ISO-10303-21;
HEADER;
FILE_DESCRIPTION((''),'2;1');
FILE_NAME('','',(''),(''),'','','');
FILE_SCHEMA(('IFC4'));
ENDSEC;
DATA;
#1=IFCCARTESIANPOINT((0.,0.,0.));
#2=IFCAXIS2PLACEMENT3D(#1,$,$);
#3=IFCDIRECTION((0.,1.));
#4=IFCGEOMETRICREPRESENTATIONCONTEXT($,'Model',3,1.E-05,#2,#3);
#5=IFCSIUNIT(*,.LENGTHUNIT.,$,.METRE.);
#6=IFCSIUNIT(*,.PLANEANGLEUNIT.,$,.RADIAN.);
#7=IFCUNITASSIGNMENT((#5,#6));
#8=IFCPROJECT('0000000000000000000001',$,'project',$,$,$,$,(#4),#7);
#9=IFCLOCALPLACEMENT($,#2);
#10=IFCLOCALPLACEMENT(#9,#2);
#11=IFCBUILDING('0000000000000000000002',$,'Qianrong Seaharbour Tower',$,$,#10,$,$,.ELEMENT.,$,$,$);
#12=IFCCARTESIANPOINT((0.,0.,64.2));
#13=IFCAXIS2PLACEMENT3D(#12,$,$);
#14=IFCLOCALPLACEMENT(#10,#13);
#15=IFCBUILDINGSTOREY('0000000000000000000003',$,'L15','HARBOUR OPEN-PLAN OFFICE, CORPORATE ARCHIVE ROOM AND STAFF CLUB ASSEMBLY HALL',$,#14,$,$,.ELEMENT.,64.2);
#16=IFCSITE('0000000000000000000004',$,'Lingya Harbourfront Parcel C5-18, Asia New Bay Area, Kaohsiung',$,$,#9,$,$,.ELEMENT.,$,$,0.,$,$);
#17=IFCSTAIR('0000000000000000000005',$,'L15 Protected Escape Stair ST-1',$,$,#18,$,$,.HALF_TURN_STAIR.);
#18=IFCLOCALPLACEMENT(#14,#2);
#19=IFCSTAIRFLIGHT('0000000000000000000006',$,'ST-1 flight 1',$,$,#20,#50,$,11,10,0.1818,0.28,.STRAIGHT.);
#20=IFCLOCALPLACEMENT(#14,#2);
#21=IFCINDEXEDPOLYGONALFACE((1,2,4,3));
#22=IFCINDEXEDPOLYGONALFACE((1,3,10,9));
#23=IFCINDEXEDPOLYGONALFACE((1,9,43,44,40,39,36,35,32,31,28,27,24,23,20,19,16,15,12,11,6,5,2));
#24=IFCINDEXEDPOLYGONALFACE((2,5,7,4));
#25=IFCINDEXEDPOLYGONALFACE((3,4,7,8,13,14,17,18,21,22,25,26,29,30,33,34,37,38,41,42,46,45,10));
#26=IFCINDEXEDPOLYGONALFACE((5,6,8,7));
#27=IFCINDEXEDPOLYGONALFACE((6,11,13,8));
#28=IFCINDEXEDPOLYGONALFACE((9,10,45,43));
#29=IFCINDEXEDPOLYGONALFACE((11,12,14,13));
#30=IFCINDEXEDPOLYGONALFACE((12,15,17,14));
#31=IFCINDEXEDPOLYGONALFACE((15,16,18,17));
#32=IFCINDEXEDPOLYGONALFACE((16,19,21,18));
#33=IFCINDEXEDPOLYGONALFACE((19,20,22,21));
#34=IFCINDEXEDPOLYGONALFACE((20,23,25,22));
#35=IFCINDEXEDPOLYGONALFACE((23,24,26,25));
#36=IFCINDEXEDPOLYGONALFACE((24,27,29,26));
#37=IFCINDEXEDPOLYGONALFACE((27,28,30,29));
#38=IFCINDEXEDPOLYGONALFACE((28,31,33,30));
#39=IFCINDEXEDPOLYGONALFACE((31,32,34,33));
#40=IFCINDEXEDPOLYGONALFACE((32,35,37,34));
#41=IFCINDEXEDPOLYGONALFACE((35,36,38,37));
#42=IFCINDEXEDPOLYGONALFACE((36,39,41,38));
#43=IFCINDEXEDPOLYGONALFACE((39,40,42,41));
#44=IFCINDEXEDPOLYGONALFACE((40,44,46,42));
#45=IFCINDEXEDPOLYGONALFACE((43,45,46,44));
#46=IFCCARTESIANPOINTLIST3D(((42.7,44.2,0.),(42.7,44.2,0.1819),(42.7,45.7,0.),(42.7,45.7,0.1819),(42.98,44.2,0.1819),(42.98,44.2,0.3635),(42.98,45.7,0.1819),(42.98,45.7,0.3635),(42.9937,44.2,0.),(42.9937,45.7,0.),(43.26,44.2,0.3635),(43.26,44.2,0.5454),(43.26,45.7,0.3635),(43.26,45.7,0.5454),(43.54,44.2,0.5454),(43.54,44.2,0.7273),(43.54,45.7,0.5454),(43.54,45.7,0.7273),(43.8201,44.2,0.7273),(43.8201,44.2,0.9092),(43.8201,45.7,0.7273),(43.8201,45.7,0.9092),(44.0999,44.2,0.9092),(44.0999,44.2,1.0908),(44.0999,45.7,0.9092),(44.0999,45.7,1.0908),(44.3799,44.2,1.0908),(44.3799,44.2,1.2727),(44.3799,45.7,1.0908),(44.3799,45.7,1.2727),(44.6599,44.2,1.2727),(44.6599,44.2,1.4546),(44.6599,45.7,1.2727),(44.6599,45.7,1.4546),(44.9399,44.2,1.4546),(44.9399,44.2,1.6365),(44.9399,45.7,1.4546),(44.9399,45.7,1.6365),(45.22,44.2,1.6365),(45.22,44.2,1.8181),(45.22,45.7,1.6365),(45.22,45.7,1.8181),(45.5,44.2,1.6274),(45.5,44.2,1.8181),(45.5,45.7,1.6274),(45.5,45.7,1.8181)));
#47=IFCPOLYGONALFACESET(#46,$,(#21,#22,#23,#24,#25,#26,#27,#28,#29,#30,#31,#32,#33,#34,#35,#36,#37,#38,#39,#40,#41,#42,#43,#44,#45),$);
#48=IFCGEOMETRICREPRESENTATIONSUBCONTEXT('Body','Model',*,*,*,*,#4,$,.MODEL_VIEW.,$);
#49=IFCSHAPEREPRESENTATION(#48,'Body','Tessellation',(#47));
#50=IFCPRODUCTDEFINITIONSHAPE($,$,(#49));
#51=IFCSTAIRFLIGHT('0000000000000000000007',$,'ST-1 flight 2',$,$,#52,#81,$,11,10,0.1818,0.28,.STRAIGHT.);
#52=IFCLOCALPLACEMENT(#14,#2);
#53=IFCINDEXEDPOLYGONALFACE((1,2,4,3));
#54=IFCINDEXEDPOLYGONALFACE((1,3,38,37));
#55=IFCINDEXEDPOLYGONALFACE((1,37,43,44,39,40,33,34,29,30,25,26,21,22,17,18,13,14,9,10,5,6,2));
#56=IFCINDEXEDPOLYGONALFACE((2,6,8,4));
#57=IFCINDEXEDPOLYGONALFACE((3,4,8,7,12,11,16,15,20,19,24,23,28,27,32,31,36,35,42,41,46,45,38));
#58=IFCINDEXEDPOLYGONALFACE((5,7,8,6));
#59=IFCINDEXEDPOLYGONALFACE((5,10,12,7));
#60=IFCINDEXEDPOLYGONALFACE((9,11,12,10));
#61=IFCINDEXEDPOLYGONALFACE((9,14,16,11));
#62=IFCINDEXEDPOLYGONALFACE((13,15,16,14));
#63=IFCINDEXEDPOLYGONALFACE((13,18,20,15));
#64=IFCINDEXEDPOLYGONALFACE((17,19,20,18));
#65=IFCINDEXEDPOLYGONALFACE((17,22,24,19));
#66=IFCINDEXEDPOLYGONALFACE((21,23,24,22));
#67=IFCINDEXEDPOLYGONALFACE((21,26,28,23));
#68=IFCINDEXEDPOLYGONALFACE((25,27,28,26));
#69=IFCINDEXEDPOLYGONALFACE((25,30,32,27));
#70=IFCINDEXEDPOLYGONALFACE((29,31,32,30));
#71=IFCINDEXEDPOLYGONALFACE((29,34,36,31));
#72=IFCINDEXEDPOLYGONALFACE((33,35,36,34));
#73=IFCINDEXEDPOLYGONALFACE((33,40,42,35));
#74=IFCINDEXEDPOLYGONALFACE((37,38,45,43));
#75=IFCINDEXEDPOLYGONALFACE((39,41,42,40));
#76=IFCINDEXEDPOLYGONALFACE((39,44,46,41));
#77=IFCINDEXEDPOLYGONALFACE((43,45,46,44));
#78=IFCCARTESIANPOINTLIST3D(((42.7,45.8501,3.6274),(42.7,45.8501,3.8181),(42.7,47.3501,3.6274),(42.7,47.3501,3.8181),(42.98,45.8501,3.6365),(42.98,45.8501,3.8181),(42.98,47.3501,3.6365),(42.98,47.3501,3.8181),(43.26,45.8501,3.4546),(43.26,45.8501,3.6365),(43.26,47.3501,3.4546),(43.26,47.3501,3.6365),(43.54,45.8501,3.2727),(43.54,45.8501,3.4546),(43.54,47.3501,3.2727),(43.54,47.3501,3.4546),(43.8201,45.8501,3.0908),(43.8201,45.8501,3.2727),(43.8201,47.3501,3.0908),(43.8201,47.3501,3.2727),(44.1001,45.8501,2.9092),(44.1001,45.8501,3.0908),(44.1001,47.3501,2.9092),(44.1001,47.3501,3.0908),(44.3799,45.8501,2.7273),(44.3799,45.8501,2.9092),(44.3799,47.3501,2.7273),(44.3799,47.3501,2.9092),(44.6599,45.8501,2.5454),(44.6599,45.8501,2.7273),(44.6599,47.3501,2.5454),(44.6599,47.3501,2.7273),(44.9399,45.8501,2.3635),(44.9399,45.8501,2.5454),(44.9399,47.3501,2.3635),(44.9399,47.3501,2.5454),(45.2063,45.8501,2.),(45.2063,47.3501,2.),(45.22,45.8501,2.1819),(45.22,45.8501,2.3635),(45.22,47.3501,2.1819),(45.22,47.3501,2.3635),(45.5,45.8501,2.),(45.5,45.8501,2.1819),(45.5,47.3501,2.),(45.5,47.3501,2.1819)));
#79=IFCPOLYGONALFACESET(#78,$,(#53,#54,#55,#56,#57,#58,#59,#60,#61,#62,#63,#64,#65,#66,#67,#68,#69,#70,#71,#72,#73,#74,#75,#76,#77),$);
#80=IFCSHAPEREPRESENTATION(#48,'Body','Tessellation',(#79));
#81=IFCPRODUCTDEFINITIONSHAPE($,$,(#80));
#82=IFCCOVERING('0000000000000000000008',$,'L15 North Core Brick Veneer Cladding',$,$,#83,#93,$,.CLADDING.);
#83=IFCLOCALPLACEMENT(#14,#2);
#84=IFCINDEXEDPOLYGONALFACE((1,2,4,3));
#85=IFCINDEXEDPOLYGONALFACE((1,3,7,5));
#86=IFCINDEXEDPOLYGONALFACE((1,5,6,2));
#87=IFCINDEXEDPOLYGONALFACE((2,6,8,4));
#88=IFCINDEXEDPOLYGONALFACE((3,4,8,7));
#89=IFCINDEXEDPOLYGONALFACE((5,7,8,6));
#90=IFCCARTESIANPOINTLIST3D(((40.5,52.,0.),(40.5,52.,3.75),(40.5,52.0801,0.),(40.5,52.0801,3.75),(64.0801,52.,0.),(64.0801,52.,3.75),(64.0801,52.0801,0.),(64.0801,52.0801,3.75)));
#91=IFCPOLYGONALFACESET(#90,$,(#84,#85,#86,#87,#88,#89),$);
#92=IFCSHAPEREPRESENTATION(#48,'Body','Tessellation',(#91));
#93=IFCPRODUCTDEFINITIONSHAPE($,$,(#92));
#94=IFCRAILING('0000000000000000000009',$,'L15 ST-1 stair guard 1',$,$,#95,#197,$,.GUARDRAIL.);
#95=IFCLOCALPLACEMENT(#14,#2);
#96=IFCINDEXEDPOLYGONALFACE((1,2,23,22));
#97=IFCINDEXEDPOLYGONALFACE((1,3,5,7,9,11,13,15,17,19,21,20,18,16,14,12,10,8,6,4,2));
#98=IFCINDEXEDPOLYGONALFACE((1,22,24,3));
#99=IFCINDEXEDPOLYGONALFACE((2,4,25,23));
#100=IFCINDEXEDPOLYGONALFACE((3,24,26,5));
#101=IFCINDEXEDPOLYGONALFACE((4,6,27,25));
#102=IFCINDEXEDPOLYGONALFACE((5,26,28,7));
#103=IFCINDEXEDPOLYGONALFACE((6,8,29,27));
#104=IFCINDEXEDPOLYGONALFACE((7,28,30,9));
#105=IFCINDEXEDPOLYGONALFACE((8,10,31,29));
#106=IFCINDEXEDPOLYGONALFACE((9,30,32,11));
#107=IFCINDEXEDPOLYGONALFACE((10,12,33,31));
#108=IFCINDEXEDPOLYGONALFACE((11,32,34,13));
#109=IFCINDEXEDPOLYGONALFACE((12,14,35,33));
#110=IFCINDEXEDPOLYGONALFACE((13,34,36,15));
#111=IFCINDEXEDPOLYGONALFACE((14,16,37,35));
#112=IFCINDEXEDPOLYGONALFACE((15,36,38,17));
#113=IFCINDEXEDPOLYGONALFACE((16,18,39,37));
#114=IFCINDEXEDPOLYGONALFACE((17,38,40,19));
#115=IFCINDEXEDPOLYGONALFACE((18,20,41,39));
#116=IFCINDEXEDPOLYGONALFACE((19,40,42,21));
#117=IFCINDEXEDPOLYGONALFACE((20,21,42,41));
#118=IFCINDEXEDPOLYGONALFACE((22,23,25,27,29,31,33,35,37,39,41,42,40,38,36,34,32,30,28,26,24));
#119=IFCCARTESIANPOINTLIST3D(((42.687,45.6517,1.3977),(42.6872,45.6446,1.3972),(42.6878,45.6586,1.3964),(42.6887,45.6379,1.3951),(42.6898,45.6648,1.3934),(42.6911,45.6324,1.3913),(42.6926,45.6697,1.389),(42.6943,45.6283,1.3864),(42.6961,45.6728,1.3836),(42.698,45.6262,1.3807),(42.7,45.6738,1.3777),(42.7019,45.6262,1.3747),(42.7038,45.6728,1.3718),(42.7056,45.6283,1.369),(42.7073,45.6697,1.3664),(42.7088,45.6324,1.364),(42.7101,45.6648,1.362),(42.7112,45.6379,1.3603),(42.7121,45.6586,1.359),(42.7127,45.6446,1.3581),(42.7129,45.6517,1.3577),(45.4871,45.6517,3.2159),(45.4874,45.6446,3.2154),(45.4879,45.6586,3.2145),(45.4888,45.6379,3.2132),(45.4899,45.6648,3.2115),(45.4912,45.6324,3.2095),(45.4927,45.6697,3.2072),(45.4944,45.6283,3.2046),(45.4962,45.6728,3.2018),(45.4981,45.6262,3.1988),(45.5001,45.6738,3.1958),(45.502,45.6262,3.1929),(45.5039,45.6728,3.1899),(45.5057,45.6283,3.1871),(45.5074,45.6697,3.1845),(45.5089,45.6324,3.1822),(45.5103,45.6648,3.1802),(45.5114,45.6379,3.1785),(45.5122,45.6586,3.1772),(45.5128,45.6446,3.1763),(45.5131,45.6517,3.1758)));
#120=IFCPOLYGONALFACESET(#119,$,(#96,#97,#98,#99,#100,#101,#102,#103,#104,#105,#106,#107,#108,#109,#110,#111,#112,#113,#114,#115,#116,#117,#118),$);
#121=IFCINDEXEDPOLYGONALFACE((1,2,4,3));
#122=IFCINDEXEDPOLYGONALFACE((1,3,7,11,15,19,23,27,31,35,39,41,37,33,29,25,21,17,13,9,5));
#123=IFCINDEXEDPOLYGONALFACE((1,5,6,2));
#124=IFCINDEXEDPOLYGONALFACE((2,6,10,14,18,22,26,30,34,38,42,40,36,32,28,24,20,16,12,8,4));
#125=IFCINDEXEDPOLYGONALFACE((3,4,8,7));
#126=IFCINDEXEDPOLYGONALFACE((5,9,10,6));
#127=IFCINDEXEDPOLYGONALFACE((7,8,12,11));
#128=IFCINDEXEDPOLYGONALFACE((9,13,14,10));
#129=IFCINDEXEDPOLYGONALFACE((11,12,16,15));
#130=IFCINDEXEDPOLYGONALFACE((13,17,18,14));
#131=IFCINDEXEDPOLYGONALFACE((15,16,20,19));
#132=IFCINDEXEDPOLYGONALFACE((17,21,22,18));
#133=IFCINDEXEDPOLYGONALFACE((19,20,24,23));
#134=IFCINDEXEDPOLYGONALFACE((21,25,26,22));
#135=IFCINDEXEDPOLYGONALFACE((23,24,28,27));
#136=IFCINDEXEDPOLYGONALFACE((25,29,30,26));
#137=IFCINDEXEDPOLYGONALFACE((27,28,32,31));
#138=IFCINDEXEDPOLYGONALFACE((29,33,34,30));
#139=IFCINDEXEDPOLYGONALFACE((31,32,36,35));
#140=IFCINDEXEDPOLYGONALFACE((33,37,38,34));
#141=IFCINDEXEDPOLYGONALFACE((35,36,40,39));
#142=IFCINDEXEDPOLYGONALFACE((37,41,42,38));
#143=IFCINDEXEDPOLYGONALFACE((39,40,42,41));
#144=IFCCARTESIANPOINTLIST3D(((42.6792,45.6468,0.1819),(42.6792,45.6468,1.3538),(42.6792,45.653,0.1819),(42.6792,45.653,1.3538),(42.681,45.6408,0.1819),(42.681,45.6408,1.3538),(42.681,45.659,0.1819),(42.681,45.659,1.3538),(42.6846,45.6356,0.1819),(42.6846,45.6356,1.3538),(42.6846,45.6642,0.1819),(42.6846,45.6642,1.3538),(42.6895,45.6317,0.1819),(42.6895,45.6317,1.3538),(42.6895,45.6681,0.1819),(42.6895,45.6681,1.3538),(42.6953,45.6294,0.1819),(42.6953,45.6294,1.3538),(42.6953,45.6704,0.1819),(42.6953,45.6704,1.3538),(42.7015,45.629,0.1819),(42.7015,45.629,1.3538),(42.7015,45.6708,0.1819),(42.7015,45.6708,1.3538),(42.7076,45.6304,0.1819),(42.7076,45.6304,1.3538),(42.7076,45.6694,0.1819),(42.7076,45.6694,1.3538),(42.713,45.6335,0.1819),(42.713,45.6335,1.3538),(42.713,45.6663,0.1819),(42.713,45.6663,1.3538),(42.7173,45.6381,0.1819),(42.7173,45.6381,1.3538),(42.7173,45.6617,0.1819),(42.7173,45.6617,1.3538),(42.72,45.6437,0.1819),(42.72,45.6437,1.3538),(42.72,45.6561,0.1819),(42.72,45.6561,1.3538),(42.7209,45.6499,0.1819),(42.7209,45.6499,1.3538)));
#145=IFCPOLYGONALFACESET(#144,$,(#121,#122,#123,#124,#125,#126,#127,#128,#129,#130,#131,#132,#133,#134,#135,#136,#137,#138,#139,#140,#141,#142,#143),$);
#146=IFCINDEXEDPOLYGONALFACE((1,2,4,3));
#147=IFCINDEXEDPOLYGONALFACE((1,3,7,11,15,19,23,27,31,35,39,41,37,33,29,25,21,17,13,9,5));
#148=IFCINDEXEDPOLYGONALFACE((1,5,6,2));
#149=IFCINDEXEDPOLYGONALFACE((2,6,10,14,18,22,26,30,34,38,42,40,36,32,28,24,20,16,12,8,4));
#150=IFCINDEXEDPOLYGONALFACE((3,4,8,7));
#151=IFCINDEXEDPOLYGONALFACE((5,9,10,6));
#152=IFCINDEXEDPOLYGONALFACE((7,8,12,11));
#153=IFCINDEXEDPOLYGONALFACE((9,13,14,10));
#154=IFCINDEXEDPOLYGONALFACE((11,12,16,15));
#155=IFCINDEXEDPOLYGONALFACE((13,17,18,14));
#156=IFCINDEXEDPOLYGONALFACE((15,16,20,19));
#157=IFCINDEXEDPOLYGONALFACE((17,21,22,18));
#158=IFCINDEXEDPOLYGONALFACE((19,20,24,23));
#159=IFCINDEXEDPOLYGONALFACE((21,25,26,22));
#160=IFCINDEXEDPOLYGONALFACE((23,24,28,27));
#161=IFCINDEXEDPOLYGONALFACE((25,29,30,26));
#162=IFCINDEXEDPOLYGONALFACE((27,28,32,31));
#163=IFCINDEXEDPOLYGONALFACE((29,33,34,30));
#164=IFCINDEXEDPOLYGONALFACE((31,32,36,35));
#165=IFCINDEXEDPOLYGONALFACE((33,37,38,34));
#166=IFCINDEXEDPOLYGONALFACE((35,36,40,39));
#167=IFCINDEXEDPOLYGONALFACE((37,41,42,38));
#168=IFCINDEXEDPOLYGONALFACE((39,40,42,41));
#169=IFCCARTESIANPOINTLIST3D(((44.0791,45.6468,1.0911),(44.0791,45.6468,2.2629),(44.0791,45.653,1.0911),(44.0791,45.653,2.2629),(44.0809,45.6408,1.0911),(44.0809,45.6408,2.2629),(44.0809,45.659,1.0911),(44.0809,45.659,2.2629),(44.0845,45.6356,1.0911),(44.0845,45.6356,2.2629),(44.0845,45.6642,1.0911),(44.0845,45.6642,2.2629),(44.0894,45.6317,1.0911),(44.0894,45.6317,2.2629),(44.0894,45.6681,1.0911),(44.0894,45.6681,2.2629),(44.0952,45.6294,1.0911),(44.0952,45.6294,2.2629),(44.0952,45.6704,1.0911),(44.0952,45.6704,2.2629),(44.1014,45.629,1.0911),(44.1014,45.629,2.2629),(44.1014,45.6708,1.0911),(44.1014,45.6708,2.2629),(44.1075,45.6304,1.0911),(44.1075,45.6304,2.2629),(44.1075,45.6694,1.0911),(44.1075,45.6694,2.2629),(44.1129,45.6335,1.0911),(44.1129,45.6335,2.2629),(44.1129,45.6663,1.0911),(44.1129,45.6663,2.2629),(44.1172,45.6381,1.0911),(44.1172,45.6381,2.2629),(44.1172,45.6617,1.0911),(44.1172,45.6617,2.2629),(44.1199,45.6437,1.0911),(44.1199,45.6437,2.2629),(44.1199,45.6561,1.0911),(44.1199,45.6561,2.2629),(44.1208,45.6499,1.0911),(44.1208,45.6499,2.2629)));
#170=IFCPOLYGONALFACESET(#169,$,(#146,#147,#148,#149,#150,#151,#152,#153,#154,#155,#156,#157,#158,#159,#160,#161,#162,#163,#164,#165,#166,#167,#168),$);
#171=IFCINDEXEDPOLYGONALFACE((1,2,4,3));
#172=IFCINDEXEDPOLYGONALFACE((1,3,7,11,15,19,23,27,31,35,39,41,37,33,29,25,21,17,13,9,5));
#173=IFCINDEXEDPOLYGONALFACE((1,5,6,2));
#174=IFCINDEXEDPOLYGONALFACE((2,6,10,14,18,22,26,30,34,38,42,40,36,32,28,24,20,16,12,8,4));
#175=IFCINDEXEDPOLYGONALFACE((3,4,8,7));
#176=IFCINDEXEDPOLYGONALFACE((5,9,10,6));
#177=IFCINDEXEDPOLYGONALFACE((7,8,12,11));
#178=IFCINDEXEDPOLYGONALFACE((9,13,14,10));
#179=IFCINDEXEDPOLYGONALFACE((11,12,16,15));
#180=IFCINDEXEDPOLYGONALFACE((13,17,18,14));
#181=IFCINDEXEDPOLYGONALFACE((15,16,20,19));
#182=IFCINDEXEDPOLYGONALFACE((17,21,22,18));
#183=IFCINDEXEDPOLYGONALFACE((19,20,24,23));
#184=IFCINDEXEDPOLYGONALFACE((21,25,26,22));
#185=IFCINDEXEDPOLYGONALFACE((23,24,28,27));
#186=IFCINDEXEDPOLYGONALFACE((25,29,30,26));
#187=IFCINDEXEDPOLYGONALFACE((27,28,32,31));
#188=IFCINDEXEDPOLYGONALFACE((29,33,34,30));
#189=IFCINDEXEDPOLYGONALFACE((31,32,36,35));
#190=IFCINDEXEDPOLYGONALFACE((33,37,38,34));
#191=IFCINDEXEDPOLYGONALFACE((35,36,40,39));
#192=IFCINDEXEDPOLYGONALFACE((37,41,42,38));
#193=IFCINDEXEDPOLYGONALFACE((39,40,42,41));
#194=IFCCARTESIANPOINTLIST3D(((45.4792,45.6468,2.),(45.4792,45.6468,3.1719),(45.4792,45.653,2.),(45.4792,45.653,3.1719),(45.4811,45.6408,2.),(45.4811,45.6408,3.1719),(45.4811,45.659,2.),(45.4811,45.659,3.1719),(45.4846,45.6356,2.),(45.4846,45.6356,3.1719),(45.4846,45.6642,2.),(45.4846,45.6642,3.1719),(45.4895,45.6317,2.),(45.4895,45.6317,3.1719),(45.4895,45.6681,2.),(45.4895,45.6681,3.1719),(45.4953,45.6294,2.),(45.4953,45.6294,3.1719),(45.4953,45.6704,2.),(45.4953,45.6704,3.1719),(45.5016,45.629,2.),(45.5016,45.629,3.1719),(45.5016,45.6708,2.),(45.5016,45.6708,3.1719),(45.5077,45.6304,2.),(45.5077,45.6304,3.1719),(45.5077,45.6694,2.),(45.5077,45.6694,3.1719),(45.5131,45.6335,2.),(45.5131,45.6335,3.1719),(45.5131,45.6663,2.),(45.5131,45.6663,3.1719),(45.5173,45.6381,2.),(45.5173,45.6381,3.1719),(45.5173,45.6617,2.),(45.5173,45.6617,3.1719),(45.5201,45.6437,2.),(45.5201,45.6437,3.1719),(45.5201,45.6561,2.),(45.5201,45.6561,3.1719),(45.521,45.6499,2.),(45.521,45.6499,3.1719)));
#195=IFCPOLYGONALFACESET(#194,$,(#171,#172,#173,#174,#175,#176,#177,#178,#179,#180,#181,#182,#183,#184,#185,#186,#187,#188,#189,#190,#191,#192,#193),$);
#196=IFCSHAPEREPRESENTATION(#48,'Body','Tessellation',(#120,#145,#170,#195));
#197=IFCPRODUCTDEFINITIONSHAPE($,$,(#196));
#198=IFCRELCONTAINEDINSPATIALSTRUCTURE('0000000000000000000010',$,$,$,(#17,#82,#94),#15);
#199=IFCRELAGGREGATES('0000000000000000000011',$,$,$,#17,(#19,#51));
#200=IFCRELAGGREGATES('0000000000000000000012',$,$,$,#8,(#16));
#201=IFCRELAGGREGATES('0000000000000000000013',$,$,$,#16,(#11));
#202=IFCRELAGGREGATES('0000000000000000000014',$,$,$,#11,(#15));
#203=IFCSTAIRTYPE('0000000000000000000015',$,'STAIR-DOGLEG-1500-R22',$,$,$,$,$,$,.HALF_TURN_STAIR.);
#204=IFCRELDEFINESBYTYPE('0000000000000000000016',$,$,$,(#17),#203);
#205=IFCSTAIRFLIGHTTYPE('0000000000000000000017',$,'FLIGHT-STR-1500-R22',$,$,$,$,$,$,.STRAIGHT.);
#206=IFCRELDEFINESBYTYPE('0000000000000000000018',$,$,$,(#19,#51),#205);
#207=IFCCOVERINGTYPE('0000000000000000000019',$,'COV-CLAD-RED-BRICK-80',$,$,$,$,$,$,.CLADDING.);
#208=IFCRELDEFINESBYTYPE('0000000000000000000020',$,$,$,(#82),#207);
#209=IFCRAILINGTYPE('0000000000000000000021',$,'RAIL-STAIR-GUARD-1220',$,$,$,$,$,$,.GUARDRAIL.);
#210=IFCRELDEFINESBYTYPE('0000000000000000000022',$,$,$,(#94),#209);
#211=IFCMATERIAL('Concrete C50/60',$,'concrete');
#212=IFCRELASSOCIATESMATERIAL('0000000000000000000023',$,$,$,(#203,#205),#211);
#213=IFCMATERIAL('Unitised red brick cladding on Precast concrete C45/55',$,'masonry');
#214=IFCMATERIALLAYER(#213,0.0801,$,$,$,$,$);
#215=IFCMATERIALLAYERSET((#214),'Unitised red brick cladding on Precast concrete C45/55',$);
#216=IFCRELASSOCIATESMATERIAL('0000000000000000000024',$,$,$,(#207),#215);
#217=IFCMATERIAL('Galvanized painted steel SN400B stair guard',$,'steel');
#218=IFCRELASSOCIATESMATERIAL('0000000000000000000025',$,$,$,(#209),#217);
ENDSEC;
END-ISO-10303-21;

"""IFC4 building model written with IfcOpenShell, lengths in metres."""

from ifc_helpers import new_model, si_unit, direction, frame, origin, origin_2d, place, context, subcontext, project, spatial, polyline, rectangle, circle, outline, extrude, material, layer, layer_set, type_object, element, aggregate, save


model = new_model("IFC4")

# Units and contexts
model_context = context("Model", 3, precision=1e-05, world=origin(), true_north=direction((0.0, 1.0)))
body_context = subcontext(model_context, "Body", "Model", "MODEL_VIEW")
ifc_project = project(units=[si_unit("LENGTHUNIT", "METRE"), si_unit("PLANEANGLEUNIT", "RADIAN")], contexts=[model_context])

# Site, building, storey
site_placement = place(None, origin())
site = spatial("IfcSite", under=ifc_project, at=site_placement, Name="Lingya Harbourfront Parcel C5-18, Asia New Bay Area, Kaohsiung", CompositionType="ELEMENT", RefElevation=0.0)
building_placement = place(site_placement, origin())
building = spatial("IfcBuilding", under=site, at=building_placement, Name="Qianrong Seaharbour Tower", CompositionType="ELEMENT")
storey_placement = place(building_placement, frame((0.0, 0.0, 64.2)))
storey = spatial("IfcBuildingStorey", under=building, at=storey_placement, Name="L15", Description="HARBOUR OPEN-PLAN OFFICE, CORPORATE ARCHIVE ROOM AND STAFF CLUB ASSEMBLY HALL", CompositionType="ELEMENT", Elevation=64.2)

# Shared definitions
ifc_material_1 = material(Name="Concrete C50/60", Category="concrete")

# Stair, stair flights
stair_type = type_object("IfcStairType", Name="STAIR-DOGLEG-1500-R22", PredefinedType="HALF_TURN_STAIR", material=ifc_material_1)
stair_placement = place(storey_placement, origin())
stair = element("IfcStair", 1, at=stair_placement, inside=storey, type_object=stair_type, Name="L15 Protected Escape Stair ST-1", PredefinedType="HALF_TURN_STAIR")
stair_flight_type = type_object("IfcStairFlightType", Name="FLIGHT-STR-1500-R22", PredefinedType="STRAIGHT", material=ifc_material_1)
stair_flight_1_placement = place(storey_placement, frame((42.7, 44.95, 0.0), z_axis=(0.0, 0.0, 1.0), x_axis=(1.0, 0.0, 0.0)))
stair_flight_1 = element("IfcStairFlight", 2, at=stair_flight_1_placement, type_object=stair_flight_type, Name="ST-1 flight 1", NumberOfRisers=11, NumberOfTreads=10, PredefinedType="STRAIGHT", RiserHeight=0.1818, TreadLength=0.28, context=body_context, shape_type="SweptSolid", body=[
    extrude(outline(polyline([(0.0, 0.0), (0.0, 0.1819), (0.28, 0.1819), (0.28, 0.3635), (0.5601, 0.3635), (0.5601, 0.5454), (0.8401, 0.5454), (0.8401, 0.7273), (1.1201, 0.7273), (1.1201, 0.9092), (1.3999, 0.9092), (1.3999, 1.0908), (1.6799, 1.0908), (1.6799, 1.2727), (1.96, 1.2727), (1.96, 1.4546), (2.24, 1.4546), (2.24, 1.6365), (2.52, 1.6365), (2.52, 1.8181), (2.8, 1.8181), (2.8, 2.0), (2.8, 1.6274), (0.2937, 0.0), (0.0, 0.0)])), frame((0.0, 0.75, 0.0), z_axis=(0.0, -1.0, 0.0), x_axis=(1.0, 0.0, 0.0)), (0.0, 0.0, 1.0), 1.5),
])
stair_flight_2_placement = place(storey_placement, frame((45.5, 46.6001, 2.0), z_axis=(0.0, 0.0, 1.0), x_axis=(-1.0, 0.0, 0.0)))
stair_flight_2 = element("IfcStairFlight", 3, at=stair_flight_2_placement, type_object=stair_flight_type, Name="ST-1 flight 2", NumberOfRisers=11, NumberOfTreads=10, PredefinedType="STRAIGHT", RiserHeight=0.1818, TreadLength=0.28, context=body_context, shape_type="SweptSolid", body=[
    extrude(outline(polyline([(0.0, 0.0), (0.0, 0.1819), (0.28, 0.1819), (0.28, 0.3635), (0.5601, 0.3635), (0.5601, 0.5454), (0.8401, 0.5454), (0.8401, 0.7273), (1.1201, 0.7273), (1.1201, 0.9092), (1.3999, 0.9092), (1.3999, 1.0908), (1.6799, 1.0908), (1.6799, 1.2727), (1.96, 1.2727), (1.96, 1.4546), (2.24, 1.4546), (2.24, 1.6365), (2.52, 1.6365), (2.52, 1.8181), (2.8, 1.8181), (2.8, 2.0), (2.8, 1.6274), (0.2937, 0.0), (0.0, 0.0)])), frame((0.0, 0.75, 0.0), z_axis=(0.0, -1.0, 0.0), x_axis=(1.0, 0.0, 0.0)), (0.0, 0.0, 1.0), 1.5),
])
aggregate(stair, [stair_flight_1, stair_flight_2])

# Covering
ifc_material_2 = material(Name="Unitised red brick cladding on Precast concrete C45/55", Category="masonry")
ifc_layer_1 = layer(ifc_material_2, 0.0801)
ifc_layer_set_1 = layer_set([ifc_layer_1], Name="Unitised red brick cladding on Precast concrete C45/55")
covering_type = type_object("IfcCoveringType", Name="COV-CLAD-RED-BRICK-80", PredefinedType="CLADDING", material=ifc_layer_set_1)
covering_placement = place(storey_placement, frame((52.29, 52.04, 0.0), z_axis=(0.0, 0.0, 1.0), x_axis=(1.0, 0.0, 0.0)))
element("IfcCovering", 4, at=covering_placement, inside=storey, type_object=covering_type, Name="L15 North Core Brick Veneer Cladding", PredefinedType="CLADDING", context=body_context, shape_type="SweptSolid", body=[
    extrude(rectangle(XDim=23.5801, YDim=0.0801, at=origin_2d()), origin(), (0.0, 0.0, 1.0), 3.75),
])

# Railing
ifc_material_3 = material(Name="Galvanized painted steel SN400B stair guard", Category="steel")
railing_type_1 = type_object("IfcRailingType", Name="RAIL-STAIR-GUARD-1220", PredefinedType="GUARDRAIL", material=ifc_material_3)
railing_1_placement = place(storey_placement, frame((42.7, 45.6499, 0.1819)))
element("IfcRailing", 5, at=railing_1_placement, inside=storey, type_object=railing_type_1, Name="L15 ST-1 stair guard 1", PredefinedType="GUARDRAIL", context=body_context, shape_type="SweptSolid", body=[
    extrude(circle(Radius=0.0239, at=origin_2d()), frame((0.0, 0.0, 1.1958), z_axis=(0.838706, 0.0, 0.544585), x_axis=(0.0, 1.0, 0.0)), (0.0, 0.0, 1.0), 3.3386),
    extrude(circle(Radius=0.021, at=origin_2d()), origin(), (0.0, 0.0, 1.0), 1.1719),
    extrude(circle(Radius=0.021, at=origin_2d()), frame((1.3999, 0.0, 0.9092)), (0.0, 0.0, 1.0), 1.1719),
    extrude(circle(Radius=0.021, at=origin_2d()), frame((2.8, 0.0, 1.8181)), (0.0, 0.0, 1.0), 1.1719),
])

save(model, "model.ifc")
